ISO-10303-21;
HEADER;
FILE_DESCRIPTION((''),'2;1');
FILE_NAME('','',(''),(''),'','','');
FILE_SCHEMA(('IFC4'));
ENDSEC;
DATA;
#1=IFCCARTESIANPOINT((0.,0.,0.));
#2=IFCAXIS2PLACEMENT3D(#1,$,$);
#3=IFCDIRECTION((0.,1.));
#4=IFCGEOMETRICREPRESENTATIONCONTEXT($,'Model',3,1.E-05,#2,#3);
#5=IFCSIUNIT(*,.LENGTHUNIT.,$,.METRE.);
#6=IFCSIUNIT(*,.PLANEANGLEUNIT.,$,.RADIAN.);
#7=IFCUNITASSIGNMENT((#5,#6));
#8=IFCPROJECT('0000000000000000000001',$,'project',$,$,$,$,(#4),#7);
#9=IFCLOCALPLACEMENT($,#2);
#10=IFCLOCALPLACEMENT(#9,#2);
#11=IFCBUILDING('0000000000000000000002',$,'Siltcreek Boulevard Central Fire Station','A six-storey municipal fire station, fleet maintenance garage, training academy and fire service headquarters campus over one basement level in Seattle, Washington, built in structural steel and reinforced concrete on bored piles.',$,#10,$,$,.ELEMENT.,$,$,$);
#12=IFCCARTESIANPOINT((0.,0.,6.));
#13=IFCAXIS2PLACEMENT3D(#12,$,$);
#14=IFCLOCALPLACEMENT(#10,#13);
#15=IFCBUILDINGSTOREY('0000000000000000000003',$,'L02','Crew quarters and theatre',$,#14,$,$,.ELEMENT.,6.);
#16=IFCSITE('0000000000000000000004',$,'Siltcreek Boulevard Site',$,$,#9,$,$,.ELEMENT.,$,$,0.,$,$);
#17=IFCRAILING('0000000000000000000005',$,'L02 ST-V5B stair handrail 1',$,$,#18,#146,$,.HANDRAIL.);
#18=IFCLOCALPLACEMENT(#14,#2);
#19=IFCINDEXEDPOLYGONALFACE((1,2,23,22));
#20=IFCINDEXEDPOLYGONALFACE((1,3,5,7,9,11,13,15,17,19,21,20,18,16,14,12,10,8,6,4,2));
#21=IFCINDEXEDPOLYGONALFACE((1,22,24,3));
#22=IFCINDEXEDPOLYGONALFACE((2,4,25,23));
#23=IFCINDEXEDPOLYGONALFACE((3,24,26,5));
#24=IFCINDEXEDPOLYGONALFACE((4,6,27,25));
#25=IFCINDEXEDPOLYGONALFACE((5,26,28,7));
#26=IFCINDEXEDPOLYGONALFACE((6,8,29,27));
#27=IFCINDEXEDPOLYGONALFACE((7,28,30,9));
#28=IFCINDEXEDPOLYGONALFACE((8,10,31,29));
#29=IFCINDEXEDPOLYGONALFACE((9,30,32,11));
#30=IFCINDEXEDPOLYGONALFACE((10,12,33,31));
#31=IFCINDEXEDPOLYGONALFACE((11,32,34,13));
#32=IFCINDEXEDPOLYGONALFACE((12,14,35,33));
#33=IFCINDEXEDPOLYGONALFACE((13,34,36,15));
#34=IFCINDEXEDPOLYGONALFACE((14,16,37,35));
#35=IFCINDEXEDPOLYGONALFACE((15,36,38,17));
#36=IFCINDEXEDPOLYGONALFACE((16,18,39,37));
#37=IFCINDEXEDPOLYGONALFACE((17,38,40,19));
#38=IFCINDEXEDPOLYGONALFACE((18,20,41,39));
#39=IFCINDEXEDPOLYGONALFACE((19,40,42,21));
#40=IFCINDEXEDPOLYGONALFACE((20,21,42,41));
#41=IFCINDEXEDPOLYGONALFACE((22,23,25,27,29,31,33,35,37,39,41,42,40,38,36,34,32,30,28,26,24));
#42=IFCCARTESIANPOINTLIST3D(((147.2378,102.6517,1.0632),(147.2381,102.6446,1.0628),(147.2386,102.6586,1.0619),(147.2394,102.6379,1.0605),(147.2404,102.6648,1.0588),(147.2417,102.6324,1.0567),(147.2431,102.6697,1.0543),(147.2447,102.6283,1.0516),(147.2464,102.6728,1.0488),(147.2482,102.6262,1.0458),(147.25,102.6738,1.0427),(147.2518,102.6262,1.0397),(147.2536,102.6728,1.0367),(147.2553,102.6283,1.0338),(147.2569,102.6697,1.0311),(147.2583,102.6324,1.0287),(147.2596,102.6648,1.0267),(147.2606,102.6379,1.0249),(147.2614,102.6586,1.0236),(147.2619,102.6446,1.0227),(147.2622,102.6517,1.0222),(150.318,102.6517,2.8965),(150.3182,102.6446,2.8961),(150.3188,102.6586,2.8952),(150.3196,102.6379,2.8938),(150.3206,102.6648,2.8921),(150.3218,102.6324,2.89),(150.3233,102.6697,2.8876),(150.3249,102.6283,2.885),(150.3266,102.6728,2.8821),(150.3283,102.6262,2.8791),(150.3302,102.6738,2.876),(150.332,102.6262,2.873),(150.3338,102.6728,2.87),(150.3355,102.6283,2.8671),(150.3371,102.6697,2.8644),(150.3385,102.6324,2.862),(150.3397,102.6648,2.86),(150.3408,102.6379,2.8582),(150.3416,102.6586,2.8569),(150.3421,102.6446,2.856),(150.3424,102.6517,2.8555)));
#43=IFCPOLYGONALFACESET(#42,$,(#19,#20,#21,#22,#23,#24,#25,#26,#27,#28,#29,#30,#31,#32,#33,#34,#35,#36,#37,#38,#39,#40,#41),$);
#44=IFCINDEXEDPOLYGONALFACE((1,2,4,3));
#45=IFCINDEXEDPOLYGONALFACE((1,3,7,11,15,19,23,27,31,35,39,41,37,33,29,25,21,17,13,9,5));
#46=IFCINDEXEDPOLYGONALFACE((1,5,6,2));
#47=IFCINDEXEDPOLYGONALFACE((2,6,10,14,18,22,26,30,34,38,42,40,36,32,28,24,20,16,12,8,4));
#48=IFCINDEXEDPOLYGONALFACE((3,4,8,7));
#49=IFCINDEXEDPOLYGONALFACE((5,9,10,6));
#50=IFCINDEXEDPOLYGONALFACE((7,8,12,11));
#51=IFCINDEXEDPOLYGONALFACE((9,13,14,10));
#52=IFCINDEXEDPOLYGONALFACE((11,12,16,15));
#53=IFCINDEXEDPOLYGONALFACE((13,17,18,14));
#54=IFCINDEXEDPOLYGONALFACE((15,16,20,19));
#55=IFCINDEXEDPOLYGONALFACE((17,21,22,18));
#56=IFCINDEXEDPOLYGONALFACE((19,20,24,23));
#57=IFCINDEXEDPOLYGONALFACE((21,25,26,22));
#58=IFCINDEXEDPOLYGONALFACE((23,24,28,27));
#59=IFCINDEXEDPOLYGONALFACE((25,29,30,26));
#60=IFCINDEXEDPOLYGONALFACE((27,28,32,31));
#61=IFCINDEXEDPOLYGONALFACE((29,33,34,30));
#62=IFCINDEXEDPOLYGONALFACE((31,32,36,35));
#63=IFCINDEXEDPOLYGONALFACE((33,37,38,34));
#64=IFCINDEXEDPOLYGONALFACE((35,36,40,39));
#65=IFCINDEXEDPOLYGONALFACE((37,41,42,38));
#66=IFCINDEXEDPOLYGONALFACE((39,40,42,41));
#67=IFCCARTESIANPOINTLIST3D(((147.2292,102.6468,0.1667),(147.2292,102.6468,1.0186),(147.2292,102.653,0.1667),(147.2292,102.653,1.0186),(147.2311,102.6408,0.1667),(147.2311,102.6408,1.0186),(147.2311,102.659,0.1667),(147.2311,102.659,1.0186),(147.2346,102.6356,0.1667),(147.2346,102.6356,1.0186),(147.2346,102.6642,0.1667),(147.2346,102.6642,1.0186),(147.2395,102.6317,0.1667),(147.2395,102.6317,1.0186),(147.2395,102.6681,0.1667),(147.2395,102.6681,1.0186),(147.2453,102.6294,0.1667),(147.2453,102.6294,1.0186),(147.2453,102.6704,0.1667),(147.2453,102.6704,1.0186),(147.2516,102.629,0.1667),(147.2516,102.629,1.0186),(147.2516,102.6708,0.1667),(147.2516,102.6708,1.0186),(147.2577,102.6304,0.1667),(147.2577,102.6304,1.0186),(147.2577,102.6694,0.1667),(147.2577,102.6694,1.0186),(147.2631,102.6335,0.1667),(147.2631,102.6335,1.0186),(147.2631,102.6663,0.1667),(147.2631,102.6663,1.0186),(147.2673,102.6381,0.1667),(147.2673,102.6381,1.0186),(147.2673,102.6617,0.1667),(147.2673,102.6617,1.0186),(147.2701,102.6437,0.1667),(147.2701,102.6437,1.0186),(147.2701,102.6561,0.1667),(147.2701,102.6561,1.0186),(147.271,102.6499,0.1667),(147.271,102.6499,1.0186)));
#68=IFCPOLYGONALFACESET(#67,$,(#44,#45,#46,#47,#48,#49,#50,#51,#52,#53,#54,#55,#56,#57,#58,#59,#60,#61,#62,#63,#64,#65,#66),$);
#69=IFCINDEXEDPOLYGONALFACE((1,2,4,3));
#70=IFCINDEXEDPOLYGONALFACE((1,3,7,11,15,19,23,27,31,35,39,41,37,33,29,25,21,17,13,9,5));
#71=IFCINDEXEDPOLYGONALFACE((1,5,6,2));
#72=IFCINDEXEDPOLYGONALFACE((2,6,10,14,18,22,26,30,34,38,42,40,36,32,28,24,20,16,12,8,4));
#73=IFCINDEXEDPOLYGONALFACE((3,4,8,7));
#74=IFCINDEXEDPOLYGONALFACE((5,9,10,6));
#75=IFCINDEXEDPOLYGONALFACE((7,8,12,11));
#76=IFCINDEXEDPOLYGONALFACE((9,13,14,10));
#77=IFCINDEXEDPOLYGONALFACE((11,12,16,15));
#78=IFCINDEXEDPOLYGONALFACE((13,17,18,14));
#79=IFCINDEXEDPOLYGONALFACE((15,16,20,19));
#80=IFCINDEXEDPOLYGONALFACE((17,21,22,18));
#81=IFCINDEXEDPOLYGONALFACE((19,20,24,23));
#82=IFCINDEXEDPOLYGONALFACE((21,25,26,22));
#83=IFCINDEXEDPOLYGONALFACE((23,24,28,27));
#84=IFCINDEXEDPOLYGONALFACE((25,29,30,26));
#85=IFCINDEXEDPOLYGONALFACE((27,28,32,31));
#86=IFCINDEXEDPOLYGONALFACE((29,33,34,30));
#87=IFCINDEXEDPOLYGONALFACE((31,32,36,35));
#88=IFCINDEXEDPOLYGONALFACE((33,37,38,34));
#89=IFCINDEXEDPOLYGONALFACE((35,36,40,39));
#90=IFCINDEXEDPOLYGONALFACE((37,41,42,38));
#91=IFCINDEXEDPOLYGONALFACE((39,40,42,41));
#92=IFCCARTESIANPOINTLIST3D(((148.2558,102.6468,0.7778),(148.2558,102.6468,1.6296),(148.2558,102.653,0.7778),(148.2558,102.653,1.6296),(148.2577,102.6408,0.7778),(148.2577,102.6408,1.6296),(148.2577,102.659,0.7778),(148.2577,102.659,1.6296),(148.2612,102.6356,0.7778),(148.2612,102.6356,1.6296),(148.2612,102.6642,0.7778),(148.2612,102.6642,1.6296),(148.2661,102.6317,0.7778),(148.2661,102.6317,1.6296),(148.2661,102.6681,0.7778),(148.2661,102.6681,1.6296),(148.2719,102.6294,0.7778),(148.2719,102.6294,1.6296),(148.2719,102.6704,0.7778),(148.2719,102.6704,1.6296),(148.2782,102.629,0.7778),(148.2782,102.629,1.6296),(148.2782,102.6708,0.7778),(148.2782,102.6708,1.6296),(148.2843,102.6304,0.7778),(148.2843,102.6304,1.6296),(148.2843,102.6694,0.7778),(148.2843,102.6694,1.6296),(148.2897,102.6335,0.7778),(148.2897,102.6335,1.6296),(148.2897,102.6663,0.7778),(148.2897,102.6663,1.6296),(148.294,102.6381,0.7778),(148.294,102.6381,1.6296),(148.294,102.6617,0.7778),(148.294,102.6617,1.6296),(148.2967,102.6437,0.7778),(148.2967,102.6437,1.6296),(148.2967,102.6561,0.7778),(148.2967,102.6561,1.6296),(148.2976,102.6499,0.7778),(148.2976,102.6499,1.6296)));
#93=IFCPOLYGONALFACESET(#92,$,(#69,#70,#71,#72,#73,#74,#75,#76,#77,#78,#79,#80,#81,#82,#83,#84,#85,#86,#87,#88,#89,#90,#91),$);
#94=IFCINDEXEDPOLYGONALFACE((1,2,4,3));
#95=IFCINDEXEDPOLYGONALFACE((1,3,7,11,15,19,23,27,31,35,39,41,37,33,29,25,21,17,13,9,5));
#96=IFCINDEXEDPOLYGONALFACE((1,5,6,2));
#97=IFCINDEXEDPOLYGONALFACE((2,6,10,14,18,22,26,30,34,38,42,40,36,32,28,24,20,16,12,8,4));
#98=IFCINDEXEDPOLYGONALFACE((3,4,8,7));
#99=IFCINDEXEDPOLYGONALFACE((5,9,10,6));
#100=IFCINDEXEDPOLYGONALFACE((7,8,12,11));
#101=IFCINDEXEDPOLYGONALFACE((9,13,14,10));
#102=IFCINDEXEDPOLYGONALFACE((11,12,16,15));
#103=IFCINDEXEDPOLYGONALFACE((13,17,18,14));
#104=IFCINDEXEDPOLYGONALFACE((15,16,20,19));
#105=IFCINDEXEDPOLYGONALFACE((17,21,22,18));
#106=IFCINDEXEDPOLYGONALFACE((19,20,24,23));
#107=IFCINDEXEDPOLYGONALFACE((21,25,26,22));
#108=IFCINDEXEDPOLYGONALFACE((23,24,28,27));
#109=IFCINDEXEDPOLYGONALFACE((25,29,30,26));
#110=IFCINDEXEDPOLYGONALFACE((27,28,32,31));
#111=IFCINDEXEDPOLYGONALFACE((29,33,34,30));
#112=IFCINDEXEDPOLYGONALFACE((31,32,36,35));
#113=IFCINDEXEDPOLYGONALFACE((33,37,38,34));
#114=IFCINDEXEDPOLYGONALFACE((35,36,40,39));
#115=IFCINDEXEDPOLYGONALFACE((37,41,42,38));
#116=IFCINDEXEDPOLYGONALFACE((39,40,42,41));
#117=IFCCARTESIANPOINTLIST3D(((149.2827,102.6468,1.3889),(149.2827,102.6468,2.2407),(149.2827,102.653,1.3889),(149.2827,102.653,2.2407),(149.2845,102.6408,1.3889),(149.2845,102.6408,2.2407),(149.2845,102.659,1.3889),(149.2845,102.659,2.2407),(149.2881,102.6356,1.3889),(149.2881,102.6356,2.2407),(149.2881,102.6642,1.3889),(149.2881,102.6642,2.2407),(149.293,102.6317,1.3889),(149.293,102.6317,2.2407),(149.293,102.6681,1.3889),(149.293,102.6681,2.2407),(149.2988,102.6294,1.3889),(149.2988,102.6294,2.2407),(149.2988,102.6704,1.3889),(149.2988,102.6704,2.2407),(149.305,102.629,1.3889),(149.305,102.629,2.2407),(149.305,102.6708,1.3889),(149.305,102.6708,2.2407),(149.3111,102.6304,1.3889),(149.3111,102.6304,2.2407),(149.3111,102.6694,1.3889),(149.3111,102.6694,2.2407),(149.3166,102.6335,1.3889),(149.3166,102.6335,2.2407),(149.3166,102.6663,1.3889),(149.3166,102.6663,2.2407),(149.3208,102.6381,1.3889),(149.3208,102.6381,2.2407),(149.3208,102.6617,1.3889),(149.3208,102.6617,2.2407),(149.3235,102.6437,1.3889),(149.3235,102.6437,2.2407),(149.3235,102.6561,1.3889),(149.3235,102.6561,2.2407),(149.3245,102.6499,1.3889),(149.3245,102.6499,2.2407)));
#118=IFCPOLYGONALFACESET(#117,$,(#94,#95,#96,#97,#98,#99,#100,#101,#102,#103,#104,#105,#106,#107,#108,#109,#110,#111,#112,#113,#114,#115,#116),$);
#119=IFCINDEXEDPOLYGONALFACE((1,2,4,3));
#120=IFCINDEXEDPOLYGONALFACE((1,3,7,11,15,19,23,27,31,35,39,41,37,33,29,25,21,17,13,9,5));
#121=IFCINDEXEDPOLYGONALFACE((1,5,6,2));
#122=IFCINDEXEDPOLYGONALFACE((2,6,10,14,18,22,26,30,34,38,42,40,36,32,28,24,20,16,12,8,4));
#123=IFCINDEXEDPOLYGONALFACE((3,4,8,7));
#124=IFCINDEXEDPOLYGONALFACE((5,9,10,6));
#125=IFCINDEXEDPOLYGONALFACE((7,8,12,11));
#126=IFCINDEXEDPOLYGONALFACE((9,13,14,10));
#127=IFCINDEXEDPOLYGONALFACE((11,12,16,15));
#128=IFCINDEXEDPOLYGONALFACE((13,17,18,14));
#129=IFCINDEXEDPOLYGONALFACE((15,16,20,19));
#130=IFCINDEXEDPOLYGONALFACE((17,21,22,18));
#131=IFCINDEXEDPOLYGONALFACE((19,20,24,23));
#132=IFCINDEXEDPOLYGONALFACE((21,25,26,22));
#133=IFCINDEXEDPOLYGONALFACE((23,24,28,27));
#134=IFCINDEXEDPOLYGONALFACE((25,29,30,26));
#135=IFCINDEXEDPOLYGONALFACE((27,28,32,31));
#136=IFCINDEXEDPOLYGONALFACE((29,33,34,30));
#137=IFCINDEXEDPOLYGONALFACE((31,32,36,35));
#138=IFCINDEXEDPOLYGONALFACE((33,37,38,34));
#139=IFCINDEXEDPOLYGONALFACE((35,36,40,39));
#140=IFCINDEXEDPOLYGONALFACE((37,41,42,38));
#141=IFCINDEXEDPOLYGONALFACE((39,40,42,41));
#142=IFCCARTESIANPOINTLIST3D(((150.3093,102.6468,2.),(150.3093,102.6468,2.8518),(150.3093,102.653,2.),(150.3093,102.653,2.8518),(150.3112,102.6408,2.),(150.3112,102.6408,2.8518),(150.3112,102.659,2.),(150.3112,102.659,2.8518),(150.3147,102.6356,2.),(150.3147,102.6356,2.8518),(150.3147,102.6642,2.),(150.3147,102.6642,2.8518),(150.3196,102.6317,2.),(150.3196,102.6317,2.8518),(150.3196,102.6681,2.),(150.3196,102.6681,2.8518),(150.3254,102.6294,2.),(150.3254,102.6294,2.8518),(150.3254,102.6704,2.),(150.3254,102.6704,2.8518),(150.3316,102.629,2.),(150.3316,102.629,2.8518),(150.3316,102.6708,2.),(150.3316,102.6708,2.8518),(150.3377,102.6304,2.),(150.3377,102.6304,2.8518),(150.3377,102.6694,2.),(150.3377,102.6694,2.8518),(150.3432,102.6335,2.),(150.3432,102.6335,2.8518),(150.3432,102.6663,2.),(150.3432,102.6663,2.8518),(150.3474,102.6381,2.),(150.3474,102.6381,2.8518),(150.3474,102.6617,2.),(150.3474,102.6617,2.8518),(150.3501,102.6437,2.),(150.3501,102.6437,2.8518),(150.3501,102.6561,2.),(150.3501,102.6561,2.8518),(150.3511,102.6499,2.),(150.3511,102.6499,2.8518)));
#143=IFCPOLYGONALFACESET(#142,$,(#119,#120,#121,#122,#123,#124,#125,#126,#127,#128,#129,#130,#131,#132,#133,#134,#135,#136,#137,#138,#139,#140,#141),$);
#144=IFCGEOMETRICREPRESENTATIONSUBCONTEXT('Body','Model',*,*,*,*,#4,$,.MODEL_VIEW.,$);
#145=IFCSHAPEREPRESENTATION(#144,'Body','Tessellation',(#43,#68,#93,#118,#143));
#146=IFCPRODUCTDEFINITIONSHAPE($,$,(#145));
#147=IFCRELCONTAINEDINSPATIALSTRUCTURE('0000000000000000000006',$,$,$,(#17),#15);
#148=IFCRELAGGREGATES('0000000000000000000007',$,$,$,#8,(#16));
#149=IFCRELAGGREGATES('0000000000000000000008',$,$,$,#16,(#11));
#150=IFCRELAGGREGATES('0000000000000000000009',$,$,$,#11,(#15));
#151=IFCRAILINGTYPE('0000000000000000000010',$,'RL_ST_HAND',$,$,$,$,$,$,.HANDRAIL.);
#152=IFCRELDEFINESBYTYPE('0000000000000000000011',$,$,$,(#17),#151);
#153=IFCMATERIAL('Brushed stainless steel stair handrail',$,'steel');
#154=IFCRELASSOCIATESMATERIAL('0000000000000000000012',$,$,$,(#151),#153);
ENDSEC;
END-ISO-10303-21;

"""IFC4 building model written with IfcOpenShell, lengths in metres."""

from ifc_helpers import new_model, si_unit, direction, frame, origin, origin_2d, place, context, subcontext, project, spatial, circle, extrude, material, type_object, element, save


model = new_model("IFC4")

# Units and contexts
model_context = context("Model", 3, precision=1e-05, world=origin(), true_north=direction((0.0, 1.0)))
body_context = subcontext(model_context, "Body", "Model", "MODEL_VIEW")
ifc_project = project(units=[si_unit("LENGTHUNIT", "METRE"), si_unit("PLANEANGLEUNIT", "RADIAN")], contexts=[model_context])

# Site, building, storey
site_placement = place(None, origin())
site = spatial("IfcSite", under=ifc_project, at=site_placement, Name="Siltcreek Boulevard Site", CompositionType="ELEMENT", RefElevation=0.0)
building_placement = place(site_placement, origin())
building = spatial("IfcBuilding", under=site, at=building_placement, Name="Siltcreek Boulevard Central Fire Station", Description="A six-storey municipal fire station, fleet maintenance garage, training academy and fire service headquarters campus over one basement level in Seattle, Washington, built in structural steel and reinforced concrete on bored piles.", CompositionType="ELEMENT")
storey_placement = place(building_placement, frame((0.0, 0.0, 6.0)))
storey = spatial("IfcBuildingStorey", under=building, at=storey_placement, Name="L02", Description="Crew quarters and theatre", CompositionType="ELEMENT", Elevation=6.0)

# Railing
ifc_material_1 = material(Name="Brushed stainless steel stair handrail", Category="steel")
railing_type_1 = type_object("IfcRailingType", Name="RL_ST_HAND", PredefinedType="HANDRAIL", material=ifc_material_1)
railing_1_placement = place(storey_placement, frame((147.25, 102.6499, 0.1667)))
element("IfcRailing", 1, at=railing_1_placement, inside=storey, type_object=railing_type_1, Name="L02 ST-V5B stair handrail 1", PredefinedType="HANDRAIL", context=body_context, shape_type="SweptSolid", body=[
    extrude(circle(Radius=0.0239, at=origin_2d()), frame((0.0, 0.0, 0.876), z_axis=(0.859309, 0.0, 0.511458), x_axis=(0.0, 1.0, 0.0)), (0.0, 0.0, 1.0), 3.5845),
    extrude(circle(Radius=0.021, at=origin_2d()), origin(), (0.0, 0.0, 1.0), 0.8518),
    extrude(circle(Radius=0.021, at=origin_2d()), frame((1.0266, 0.0, 0.6111)), (0.0, 0.0, 1.0), 0.8518),
    extrude(circle(Radius=0.021, at=origin_2d()), frame((2.0535, 0.0, 1.2222)), (0.0, 0.0, 1.0), 0.8518),
    extrude(circle(Radius=0.021, at=origin_2d()), frame((3.0801, 0.0, 1.8333)), (0.0, 0.0, 1.0), 0.8518),
])

save(model, "model.ifc")
